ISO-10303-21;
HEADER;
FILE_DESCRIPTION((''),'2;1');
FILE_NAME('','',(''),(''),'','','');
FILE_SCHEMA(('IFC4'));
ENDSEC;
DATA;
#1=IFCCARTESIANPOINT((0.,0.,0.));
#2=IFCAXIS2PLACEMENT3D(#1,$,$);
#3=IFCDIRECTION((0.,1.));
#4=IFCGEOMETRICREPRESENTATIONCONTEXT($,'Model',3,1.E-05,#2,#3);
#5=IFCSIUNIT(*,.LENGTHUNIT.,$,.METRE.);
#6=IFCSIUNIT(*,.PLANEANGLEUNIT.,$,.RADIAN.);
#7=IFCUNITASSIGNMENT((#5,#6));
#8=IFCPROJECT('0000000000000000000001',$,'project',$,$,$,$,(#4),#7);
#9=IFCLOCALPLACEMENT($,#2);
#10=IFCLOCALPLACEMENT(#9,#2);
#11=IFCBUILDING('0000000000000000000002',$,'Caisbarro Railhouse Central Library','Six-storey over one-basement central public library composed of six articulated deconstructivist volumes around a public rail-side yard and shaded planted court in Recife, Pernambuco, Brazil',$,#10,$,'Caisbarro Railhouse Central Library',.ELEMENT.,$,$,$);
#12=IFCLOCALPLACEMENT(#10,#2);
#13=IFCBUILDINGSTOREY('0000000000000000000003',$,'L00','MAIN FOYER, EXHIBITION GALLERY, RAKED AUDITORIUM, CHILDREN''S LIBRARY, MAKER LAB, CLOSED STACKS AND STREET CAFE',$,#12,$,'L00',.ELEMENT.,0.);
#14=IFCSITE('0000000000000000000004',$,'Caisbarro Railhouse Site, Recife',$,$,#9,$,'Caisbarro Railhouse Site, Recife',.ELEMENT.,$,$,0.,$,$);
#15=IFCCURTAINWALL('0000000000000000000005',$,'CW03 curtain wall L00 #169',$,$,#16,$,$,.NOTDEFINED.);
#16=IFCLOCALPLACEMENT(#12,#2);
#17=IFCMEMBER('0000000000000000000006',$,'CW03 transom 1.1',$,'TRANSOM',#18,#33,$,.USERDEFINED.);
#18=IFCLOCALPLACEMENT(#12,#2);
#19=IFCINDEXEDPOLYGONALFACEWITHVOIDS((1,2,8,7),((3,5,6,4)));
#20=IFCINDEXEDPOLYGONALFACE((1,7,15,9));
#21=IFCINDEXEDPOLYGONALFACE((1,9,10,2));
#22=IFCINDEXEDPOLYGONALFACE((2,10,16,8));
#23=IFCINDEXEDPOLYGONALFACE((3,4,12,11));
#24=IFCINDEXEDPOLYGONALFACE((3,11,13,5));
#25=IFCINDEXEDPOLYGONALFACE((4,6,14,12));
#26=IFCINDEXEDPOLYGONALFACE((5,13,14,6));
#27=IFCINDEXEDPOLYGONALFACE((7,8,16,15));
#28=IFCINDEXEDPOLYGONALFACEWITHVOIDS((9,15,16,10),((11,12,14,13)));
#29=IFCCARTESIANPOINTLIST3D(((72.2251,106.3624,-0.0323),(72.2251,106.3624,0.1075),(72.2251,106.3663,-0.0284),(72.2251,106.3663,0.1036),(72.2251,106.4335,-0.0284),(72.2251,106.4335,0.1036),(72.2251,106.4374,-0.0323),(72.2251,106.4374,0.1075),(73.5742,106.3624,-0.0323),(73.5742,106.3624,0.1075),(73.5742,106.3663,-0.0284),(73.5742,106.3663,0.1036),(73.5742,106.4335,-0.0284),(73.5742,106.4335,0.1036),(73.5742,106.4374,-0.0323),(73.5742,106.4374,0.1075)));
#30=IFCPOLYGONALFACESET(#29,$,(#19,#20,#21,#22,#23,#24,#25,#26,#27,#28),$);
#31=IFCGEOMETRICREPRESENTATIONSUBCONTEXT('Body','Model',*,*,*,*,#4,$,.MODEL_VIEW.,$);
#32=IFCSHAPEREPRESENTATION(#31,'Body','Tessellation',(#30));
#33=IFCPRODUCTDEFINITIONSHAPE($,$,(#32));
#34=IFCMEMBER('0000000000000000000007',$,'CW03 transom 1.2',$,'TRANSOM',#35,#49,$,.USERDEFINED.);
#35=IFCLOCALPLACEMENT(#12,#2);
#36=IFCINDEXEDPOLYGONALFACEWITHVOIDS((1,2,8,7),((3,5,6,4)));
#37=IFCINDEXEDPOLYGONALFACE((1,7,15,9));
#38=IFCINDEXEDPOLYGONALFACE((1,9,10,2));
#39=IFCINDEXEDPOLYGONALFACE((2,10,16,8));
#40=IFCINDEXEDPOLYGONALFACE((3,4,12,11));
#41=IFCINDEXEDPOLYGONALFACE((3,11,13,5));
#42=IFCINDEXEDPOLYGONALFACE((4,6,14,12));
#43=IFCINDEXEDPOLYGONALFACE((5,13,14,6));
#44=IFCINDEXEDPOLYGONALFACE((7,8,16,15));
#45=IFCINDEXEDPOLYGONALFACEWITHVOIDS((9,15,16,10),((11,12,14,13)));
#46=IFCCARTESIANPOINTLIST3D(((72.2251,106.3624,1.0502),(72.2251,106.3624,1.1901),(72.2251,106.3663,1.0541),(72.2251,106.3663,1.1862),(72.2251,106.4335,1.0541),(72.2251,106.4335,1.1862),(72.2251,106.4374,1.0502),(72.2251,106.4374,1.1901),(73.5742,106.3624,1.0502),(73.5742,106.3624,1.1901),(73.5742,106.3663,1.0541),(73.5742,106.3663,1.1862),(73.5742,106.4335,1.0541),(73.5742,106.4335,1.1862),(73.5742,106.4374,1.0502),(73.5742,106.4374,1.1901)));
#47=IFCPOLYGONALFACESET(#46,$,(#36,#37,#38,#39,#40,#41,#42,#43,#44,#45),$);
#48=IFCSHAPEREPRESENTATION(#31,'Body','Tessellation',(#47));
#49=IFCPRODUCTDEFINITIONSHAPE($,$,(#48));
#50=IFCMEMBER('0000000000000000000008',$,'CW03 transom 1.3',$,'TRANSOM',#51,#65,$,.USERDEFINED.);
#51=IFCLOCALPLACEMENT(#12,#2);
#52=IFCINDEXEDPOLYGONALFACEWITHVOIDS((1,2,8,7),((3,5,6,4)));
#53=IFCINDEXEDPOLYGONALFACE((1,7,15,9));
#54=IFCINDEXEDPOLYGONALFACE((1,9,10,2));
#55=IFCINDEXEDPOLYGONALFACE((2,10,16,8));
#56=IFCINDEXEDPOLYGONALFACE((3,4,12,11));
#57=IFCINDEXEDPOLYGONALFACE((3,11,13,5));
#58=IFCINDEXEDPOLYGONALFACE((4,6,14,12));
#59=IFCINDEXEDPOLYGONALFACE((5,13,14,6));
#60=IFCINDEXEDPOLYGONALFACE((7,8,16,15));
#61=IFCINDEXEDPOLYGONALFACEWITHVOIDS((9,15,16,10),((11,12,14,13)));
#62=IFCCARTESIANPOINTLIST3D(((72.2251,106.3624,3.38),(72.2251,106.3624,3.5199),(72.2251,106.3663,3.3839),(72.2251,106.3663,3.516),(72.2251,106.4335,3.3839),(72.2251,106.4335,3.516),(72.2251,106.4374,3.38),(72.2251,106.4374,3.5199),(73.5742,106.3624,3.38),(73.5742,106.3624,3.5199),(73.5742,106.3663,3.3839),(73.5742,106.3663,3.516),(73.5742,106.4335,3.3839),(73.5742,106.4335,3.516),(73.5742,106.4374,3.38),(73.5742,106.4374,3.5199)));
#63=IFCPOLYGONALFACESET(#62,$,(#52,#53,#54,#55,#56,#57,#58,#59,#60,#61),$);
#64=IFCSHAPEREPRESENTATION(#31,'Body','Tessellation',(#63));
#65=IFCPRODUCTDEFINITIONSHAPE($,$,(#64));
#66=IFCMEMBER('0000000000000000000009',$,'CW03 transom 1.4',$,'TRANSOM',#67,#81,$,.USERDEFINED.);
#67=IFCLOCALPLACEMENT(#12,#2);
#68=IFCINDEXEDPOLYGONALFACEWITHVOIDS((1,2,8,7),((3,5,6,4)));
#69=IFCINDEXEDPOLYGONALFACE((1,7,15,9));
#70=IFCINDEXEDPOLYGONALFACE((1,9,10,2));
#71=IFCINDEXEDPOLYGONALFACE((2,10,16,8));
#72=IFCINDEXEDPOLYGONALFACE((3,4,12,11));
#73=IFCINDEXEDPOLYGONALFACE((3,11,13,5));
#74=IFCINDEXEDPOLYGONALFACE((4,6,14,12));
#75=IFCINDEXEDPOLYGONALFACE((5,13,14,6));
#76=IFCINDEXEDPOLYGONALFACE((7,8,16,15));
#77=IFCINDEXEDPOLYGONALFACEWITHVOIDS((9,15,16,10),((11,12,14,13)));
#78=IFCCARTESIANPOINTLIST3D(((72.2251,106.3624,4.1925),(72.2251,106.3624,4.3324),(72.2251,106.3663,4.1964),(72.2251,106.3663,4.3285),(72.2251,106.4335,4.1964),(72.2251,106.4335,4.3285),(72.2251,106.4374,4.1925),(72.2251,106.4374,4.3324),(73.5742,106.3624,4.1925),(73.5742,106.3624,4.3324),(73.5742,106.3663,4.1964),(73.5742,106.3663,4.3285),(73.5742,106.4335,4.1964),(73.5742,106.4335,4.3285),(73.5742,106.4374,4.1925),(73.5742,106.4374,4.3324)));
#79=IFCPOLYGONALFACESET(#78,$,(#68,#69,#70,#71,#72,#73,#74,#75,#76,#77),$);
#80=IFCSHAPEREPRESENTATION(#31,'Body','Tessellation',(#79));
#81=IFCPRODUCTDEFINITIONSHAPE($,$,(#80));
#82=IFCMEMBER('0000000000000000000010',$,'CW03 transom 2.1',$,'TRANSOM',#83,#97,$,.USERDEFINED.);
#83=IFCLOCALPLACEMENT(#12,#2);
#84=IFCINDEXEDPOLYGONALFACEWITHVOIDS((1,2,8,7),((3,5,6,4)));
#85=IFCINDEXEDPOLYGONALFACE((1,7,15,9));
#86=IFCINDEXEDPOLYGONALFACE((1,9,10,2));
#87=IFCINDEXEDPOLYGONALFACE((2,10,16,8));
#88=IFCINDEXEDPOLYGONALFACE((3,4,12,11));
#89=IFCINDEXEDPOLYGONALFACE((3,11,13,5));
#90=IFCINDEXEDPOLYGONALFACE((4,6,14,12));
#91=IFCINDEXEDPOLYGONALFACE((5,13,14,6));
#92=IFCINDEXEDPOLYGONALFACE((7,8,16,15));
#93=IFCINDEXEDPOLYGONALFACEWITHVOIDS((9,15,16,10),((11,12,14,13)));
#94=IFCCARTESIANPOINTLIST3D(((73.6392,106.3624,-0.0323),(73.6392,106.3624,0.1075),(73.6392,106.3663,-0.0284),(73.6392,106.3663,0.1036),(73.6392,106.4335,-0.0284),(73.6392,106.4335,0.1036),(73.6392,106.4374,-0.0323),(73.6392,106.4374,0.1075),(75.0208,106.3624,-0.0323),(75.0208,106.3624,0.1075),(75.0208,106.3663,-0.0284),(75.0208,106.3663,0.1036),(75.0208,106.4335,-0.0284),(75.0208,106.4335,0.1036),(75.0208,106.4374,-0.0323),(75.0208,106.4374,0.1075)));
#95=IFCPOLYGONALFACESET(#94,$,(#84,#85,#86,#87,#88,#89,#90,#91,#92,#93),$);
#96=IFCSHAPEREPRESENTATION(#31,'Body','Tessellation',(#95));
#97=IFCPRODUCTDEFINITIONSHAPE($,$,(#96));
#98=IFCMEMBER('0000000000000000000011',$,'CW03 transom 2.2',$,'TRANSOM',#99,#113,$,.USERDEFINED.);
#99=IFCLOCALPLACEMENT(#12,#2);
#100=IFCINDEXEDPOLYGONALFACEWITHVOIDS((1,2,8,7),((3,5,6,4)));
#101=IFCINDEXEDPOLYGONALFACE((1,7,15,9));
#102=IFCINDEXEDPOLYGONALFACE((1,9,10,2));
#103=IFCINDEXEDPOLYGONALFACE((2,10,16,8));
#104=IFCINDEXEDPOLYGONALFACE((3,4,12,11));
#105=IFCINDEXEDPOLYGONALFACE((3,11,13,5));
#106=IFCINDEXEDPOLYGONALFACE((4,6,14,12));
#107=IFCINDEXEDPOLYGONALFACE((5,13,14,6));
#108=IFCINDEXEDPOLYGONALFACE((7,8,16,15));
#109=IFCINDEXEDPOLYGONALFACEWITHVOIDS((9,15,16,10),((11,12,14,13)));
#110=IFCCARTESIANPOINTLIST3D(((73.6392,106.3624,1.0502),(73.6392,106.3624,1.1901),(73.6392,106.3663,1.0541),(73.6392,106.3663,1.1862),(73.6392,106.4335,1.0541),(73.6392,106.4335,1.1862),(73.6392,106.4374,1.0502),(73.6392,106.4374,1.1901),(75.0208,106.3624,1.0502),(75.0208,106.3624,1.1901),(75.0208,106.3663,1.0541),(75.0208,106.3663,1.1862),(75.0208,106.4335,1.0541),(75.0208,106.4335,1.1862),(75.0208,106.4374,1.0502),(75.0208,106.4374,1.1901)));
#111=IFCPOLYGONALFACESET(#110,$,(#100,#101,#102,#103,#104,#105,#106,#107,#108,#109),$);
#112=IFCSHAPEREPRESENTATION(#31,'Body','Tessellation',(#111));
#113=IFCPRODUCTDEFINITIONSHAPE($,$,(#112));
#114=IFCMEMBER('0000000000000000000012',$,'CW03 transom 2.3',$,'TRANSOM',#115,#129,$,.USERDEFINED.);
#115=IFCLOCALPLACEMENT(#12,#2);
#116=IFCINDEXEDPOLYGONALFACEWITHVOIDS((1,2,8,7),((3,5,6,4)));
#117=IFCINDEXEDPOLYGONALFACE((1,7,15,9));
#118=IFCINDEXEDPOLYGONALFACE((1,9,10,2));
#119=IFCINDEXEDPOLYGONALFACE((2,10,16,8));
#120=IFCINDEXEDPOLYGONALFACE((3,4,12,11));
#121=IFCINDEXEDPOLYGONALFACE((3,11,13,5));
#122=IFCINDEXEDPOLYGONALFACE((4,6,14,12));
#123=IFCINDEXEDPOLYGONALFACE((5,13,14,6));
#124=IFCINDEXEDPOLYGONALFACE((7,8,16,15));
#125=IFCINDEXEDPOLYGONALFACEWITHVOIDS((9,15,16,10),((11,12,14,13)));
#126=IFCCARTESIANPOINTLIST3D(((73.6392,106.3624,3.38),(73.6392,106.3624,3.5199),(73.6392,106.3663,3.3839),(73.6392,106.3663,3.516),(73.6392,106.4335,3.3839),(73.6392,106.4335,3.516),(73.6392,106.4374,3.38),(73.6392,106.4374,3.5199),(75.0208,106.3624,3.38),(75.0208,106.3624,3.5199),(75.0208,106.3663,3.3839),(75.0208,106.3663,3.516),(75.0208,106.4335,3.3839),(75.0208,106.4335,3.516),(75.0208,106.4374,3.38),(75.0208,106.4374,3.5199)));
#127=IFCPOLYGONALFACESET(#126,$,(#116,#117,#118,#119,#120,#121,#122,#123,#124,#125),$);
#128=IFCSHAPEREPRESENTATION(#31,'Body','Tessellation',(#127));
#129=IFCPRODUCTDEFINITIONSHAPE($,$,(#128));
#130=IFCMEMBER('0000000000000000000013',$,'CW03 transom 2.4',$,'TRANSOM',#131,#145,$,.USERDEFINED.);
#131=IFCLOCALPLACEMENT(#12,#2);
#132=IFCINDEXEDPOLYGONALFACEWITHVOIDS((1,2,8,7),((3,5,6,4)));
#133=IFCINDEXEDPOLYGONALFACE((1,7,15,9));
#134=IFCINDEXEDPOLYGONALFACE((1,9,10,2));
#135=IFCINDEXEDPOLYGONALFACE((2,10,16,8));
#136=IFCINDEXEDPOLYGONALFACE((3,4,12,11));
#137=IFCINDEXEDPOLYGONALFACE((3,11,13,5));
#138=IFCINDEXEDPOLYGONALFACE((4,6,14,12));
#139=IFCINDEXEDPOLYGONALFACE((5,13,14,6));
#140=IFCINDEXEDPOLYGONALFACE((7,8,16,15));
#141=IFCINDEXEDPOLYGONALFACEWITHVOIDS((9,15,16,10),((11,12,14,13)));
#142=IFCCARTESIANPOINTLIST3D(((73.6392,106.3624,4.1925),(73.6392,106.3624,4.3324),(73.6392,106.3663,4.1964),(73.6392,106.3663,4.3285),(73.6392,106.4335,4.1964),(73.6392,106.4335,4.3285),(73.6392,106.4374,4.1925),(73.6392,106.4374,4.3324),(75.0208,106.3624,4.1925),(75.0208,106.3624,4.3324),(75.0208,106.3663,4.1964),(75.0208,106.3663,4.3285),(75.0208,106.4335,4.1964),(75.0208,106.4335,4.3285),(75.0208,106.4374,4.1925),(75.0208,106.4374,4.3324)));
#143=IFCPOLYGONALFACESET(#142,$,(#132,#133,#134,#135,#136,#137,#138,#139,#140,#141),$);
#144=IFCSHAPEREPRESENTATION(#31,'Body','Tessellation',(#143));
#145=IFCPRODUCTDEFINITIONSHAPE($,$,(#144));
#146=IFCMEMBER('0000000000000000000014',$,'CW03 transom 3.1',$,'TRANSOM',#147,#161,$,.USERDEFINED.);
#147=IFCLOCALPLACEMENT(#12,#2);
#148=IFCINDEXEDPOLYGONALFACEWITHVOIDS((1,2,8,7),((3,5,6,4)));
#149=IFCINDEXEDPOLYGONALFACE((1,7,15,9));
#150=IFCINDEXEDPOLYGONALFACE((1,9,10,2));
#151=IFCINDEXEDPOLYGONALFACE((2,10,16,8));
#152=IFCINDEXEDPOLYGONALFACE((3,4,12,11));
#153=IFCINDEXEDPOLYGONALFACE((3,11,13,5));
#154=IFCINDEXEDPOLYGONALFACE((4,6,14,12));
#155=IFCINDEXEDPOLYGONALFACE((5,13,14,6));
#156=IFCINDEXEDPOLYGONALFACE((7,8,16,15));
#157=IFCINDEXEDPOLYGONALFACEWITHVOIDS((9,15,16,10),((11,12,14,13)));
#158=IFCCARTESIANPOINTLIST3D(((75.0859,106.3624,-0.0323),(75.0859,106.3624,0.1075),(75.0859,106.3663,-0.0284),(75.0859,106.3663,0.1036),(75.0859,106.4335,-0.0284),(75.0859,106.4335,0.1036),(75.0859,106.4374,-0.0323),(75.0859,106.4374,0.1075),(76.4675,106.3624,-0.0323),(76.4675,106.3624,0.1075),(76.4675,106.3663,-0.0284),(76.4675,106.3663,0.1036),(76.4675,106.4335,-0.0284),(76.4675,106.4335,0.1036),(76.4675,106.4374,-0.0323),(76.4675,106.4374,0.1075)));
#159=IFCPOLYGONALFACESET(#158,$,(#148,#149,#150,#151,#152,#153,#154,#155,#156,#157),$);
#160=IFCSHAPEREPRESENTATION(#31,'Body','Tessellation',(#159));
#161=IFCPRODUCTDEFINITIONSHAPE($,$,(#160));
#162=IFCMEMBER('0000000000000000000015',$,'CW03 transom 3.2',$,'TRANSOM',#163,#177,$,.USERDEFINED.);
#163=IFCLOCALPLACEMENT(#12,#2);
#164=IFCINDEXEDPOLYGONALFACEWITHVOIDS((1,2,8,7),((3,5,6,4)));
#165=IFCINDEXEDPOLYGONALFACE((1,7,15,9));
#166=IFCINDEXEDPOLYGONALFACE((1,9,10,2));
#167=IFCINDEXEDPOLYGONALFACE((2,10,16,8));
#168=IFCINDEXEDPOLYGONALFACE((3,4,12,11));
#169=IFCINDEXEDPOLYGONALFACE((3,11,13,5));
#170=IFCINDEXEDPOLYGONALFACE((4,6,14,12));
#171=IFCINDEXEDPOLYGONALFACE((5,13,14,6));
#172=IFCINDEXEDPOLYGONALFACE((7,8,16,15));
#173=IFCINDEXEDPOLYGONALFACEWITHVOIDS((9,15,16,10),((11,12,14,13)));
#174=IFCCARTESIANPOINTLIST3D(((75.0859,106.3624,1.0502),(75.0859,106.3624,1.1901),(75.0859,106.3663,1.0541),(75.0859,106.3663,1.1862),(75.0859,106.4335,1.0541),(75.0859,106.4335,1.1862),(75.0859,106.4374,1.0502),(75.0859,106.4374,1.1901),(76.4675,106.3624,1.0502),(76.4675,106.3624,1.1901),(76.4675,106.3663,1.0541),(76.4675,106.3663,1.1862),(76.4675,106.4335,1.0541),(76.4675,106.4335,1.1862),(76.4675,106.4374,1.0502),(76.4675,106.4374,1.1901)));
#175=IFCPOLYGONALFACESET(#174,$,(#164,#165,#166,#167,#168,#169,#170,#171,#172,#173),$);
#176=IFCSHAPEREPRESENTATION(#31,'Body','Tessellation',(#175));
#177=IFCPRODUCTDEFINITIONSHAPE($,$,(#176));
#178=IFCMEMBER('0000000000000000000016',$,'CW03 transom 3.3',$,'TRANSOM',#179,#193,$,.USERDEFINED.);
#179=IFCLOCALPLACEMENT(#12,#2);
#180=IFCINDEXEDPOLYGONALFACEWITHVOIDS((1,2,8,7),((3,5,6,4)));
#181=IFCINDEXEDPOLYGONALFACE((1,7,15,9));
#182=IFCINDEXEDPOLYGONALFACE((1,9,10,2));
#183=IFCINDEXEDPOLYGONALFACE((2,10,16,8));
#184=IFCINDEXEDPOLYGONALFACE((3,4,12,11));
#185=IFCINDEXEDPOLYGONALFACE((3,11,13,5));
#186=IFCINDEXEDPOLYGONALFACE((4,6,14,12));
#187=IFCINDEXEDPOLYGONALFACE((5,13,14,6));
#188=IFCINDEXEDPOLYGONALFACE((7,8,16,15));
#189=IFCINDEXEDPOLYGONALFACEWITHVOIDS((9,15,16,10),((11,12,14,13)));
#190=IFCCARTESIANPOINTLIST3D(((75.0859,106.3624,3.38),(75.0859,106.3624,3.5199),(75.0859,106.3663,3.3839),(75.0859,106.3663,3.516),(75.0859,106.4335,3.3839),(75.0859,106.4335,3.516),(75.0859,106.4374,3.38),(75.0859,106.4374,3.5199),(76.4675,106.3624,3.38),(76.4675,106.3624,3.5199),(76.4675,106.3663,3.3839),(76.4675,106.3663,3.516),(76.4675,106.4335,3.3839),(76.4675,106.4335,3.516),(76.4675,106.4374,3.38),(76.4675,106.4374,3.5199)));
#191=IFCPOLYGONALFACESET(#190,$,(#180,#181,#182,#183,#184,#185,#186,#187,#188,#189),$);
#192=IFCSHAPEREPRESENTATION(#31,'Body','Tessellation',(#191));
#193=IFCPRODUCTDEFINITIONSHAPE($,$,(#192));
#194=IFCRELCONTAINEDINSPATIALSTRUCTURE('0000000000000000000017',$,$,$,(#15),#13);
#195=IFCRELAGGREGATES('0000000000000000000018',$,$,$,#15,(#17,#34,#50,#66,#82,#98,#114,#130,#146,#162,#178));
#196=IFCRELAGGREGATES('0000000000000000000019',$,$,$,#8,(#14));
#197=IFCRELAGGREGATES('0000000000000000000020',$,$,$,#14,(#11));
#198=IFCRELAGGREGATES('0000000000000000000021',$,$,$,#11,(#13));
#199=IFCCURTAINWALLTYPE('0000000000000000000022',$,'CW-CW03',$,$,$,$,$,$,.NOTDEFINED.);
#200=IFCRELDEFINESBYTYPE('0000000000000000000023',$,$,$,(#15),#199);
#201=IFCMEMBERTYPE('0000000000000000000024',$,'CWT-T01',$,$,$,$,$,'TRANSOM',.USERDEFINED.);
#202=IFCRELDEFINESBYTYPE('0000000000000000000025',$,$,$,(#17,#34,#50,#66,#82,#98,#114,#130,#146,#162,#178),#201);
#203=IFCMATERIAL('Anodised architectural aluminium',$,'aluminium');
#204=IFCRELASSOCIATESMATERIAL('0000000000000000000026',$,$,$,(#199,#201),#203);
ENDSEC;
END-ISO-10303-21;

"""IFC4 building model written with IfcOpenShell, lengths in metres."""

from ifc_helpers import new_model, si_unit, direction, frame, origin, origin_2d, place, context, subcontext, project, spatial, hollow_rectangle, extrude, material, material_profile, profile_set, type_object, element, aggregate, save


model = new_model("IFC4")

# Units and contexts
model_context = context("Model", 3, precision=1e-05, world=origin(), true_north=direction((0.0, 1.0)))
body_context = subcontext(model_context, "Body", "Model", "MODEL_VIEW")
ifc_project = project(units=[si_unit("LENGTHUNIT", "METRE"), si_unit("PLANEANGLEUNIT", "RADIAN")], contexts=[model_context])

# Site, building, storey
site_placement = place(None, origin())
site = spatial("IfcSite", under=ifc_project, at=site_placement, Name="Caisbarro Railhouse Site, Recife", LongName="Caisbarro Railhouse Site, Recife", CompositionType="ELEMENT", RefElevation=0.0)
building_placement = place(site_placement, origin())
building = spatial("IfcBuilding", under=site, at=building_placement, Name="Caisbarro Railhouse Central Library", Description="Six-storey over one-basement central public library composed of six articulated deconstructivist volumes around a public rail-side yard and shaded planted court in Recife, Pernambuco, Brazil", LongName="Caisbarro Railhouse Central Library", CompositionType="ELEMENT")
storey_placement = place(building_placement, origin())
storey = spatial("IfcBuildingStorey", under=building, at=storey_placement, Name="L00", Description="MAIN FOYER, EXHIBITION GALLERY, RAKED AUDITORIUM, CHILDREN'S LIBRARY, MAKER LAB, CLOSED STACKS AND STREET CAFE", LongName="L00", CompositionType="ELEMENT", Elevation=0.0)

# Curtain wall, members
ifc_material_1 = material(Name="Anodised architectural aluminium", Category="aluminium")
curtain_wall_type = type_object("IfcCurtainWallType", Name="CW-CW03", PredefinedType="NOTDEFINED", material=ifc_material_1)
curtain_wall_placement = place(storey_placement, origin())
curtain_wall = element("IfcCurtainWall", 1, at=curtain_wall_placement, inside=storey, type_object=curtain_wall_type, Name="CW03 curtain wall L00 #169", PredefinedType="NOTDEFINED")
ifc_material_profile_1 = material_profile(ifc_material_1, hollow_rectangle(XDim=0.075, YDim=0.1399, WallThickness=0.0039, at=origin_2d()), Name="ALU-TRN-75X140")
ifc_profile_set_1 = profile_set([ifc_material_profile_1], Name="Anodised architectural aluminium")
member_type_1 = type_object("IfcMemberType", Name="CWT-T01", ElementType="TRANSOM", PredefinedType="USERDEFINED", material=ifc_profile_set_1)
member_1_placement = place(storey_placement, frame((72.2251, 106.3999, 0.0376), z_axis=(1.0, 0.0, 0.0), x_axis=(0.0, 1.0, 0.0)))
member_1 = element("IfcMember", 2, at=member_1_placement, type_object=member_type_1, Name="CW03 transom 1.1", ObjectType="TRANSOM", PredefinedType="USERDEFINED", context=body_context, shape_type="SweptSolid", body=[
    extrude(hollow_rectangle(XDim=0.075, YDim=0.1399, WallThickness=0.0039, at=origin_2d()), origin(), (0.0, 0.0, 1.0), 1.3491),
])
member_2_placement = place(storey_placement, frame((72.2251, 106.3999, 1.1201), z_axis=(1.0, 0.0, 0.0), x_axis=(0.0, 1.0, 0.0)))
member_2 = element("IfcMember", 3, at=member_2_placement, type_object=member_type_1, Name="CW03 transom 1.2", ObjectType="TRANSOM", PredefinedType="USERDEFINED", context=body_context, shape_type="SweptSolid", body=[
    extrude(hollow_rectangle(XDim=0.075, YDim=0.1399, WallThickness=0.0039, at=origin_2d()), origin(), (0.0, 0.0, 1.0), 1.3491),
])
member_3_placement = place(storey_placement, frame((72.2251, 106.3999, 3.45), z_axis=(1.0, 0.0, 0.0), x_axis=(0.0, 1.0, 0.0)))
member_3 = element("IfcMember", 4, at=member_3_placement, type_object=member_type_1, Name="CW03 transom 1.3", ObjectType="TRANSOM", PredefinedType="USERDEFINED", context=body_context, shape_type="SweptSolid", body=[
    extrude(hollow_rectangle(XDim=0.075, YDim=0.1399, WallThickness=0.0039, at=origin_2d()), origin(), (0.0, 0.0, 1.0), 1.3491),
])
member_4_placement = place(storey_placement, frame((72.2251, 106.3999, 4.2625), z_axis=(1.0, 0.0, 0.0), x_axis=(0.0, 1.0, 0.0)))
member_4 = element("IfcMember", 5, at=member_4_placement, type_object=member_type_1, Name="CW03 transom 1.4", ObjectType="TRANSOM", PredefinedType="USERDEFINED", context=body_context, shape_type="SweptSolid", body=[
    extrude(hollow_rectangle(XDim=0.075, YDim=0.1399, WallThickness=0.0039, at=origin_2d()), origin(), (0.0, 0.0, 1.0), 1.3491),
])
member_5_placement = place(storey_placement, frame((73.6392, 106.3999, 0.0376), z_axis=(1.0, 0.0, 0.0), x_axis=(0.0, 1.0, 0.0)))
member_5 = element("IfcMember", 6, at=member_5_placement, type_object=member_type_1, Name="CW03 transom 2.1", ObjectType="TRANSOM", PredefinedType="USERDEFINED", context=body_context, shape_type="SweptSolid", body=[
    extrude(hollow_rectangle(XDim=0.075, YDim=0.1399, WallThickness=0.0039, at=origin_2d()), origin(), (0.0, 0.0, 1.0), 1.3816),
])
member_6_placement = place(storey_placement, frame((73.6392, 106.3999, 1.1201), z_axis=(1.0, 0.0, 0.0), x_axis=(0.0, 1.0, 0.0)))
member_6 = element("IfcMember", 7, at=member_6_placement, type_object=member_type_1, Name="CW03 transom 2.2", ObjectType="TRANSOM", PredefinedType="USERDEFINED", context=body_context, shape_type="SweptSolid", body=[
    extrude(hollow_rectangle(XDim=0.075, YDim=0.1399, WallThickness=0.0039, at=origin_2d()), origin(), (0.0, 0.0, 1.0), 1.3816),
])
member_7_placement = place(storey_placement, frame((73.6392, 106.3999, 3.45), z_axis=(1.0, 0.0, 0.0), x_axis=(0.0, 1.0, 0.0)))
member_7 = element("IfcMember", 8, at=member_7_placement, type_object=member_type_1, Name="CW03 transom 2.3", ObjectType="TRANSOM", PredefinedType="USERDEFINED", context=body_context, shape_type="SweptSolid", body=[
    extrude(hollow_rectangle(XDim=0.075, YDim=0.1399, WallThickness=0.0039, at=origin_2d()), origin(), (0.0, 0.0, 1.0), 1.3816),
])
member_8_placement = place(storey_placement, frame((73.6392, 106.3999, 4.2625), z_axis=(1.0, 0.0, 0.0), x_axis=(0.0, 1.0, 0.0)))
member_8 = element("IfcMember", 9, at=member_8_placement, type_object=member_type_1, Name="CW03 transom 2.4", ObjectType="TRANSOM", PredefinedType="USERDEFINED", context=body_context, shape_type="SweptSolid", body=[
    extrude(hollow_rectangle(XDim=0.075, YDim=0.1399, WallThickness=0.0039, at=origin_2d()), origin(), (0.0, 0.0, 1.0), 1.3816),
])
member_9_placement = place(storey_placement, frame((75.0859, 106.3999, 0.0376), z_axis=(1.0, 0.0, 0.0), x_axis=(0.0, 1.0, 0.0)))
member_9 = element("IfcMember", 10, at=member_9_placement, type_object=member_type_1, Name="CW03 transom 3.1", ObjectType="TRANSOM", PredefinedType="USERDEFINED", context=body_context, shape_type="SweptSolid", body=[
    extrude(hollow_rectangle(XDim=0.075, YDim=0.1399, WallThickness=0.0039, at=origin_2d()), origin(), (0.0, 0.0, 1.0), 1.3816),
])
member_10_placement = place(storey_placement, frame((75.0859, 106.3999, 1.1201), z_axis=(1.0, 0.0, 0.0), x_axis=(0.0, 1.0, 0.0)))
member_10 = element("IfcMember", 11, at=member_10_placement, type_object=member_type_1, Name="CW03 transom 3.2", ObjectType="TRANSOM", PredefinedType="USERDEFINED", context=body_context, shape_type="SweptSolid", body=[
    extrude(hollow_rectangle(XDim=0.075, YDim=0.1399, WallThickness=0.0039, at=origin_2d()), origin(), (0.0, 0.0, 1.0), 1.3816),
])
member_11_placement = place(storey_placement, frame((75.0859, 106.3999, 3.45), z_axis=(1.0, 0.0, 0.0), x_axis=(0.0, 1.0, 0.0)))
member_11 = element("IfcMember", 12, at=member_11_placement, type_object=member_type_1, Name="CW03 transom 3.3", ObjectType="TRANSOM", PredefinedType="USERDEFINED", context=body_context, shape_type="SweptSolid", body=[
    extrude(hollow_rectangle(XDim=0.075, YDim=0.1399, WallThickness=0.0039, at=origin_2d()), origin(), (0.0, 0.0, 1.0), 1.3816),
])
aggregate(curtain_wall, [member_1, member_2, member_3, member_4, member_5, member_6, member_7, member_8, member_9, member_10, member_11])

save(model, "model.ifc")
